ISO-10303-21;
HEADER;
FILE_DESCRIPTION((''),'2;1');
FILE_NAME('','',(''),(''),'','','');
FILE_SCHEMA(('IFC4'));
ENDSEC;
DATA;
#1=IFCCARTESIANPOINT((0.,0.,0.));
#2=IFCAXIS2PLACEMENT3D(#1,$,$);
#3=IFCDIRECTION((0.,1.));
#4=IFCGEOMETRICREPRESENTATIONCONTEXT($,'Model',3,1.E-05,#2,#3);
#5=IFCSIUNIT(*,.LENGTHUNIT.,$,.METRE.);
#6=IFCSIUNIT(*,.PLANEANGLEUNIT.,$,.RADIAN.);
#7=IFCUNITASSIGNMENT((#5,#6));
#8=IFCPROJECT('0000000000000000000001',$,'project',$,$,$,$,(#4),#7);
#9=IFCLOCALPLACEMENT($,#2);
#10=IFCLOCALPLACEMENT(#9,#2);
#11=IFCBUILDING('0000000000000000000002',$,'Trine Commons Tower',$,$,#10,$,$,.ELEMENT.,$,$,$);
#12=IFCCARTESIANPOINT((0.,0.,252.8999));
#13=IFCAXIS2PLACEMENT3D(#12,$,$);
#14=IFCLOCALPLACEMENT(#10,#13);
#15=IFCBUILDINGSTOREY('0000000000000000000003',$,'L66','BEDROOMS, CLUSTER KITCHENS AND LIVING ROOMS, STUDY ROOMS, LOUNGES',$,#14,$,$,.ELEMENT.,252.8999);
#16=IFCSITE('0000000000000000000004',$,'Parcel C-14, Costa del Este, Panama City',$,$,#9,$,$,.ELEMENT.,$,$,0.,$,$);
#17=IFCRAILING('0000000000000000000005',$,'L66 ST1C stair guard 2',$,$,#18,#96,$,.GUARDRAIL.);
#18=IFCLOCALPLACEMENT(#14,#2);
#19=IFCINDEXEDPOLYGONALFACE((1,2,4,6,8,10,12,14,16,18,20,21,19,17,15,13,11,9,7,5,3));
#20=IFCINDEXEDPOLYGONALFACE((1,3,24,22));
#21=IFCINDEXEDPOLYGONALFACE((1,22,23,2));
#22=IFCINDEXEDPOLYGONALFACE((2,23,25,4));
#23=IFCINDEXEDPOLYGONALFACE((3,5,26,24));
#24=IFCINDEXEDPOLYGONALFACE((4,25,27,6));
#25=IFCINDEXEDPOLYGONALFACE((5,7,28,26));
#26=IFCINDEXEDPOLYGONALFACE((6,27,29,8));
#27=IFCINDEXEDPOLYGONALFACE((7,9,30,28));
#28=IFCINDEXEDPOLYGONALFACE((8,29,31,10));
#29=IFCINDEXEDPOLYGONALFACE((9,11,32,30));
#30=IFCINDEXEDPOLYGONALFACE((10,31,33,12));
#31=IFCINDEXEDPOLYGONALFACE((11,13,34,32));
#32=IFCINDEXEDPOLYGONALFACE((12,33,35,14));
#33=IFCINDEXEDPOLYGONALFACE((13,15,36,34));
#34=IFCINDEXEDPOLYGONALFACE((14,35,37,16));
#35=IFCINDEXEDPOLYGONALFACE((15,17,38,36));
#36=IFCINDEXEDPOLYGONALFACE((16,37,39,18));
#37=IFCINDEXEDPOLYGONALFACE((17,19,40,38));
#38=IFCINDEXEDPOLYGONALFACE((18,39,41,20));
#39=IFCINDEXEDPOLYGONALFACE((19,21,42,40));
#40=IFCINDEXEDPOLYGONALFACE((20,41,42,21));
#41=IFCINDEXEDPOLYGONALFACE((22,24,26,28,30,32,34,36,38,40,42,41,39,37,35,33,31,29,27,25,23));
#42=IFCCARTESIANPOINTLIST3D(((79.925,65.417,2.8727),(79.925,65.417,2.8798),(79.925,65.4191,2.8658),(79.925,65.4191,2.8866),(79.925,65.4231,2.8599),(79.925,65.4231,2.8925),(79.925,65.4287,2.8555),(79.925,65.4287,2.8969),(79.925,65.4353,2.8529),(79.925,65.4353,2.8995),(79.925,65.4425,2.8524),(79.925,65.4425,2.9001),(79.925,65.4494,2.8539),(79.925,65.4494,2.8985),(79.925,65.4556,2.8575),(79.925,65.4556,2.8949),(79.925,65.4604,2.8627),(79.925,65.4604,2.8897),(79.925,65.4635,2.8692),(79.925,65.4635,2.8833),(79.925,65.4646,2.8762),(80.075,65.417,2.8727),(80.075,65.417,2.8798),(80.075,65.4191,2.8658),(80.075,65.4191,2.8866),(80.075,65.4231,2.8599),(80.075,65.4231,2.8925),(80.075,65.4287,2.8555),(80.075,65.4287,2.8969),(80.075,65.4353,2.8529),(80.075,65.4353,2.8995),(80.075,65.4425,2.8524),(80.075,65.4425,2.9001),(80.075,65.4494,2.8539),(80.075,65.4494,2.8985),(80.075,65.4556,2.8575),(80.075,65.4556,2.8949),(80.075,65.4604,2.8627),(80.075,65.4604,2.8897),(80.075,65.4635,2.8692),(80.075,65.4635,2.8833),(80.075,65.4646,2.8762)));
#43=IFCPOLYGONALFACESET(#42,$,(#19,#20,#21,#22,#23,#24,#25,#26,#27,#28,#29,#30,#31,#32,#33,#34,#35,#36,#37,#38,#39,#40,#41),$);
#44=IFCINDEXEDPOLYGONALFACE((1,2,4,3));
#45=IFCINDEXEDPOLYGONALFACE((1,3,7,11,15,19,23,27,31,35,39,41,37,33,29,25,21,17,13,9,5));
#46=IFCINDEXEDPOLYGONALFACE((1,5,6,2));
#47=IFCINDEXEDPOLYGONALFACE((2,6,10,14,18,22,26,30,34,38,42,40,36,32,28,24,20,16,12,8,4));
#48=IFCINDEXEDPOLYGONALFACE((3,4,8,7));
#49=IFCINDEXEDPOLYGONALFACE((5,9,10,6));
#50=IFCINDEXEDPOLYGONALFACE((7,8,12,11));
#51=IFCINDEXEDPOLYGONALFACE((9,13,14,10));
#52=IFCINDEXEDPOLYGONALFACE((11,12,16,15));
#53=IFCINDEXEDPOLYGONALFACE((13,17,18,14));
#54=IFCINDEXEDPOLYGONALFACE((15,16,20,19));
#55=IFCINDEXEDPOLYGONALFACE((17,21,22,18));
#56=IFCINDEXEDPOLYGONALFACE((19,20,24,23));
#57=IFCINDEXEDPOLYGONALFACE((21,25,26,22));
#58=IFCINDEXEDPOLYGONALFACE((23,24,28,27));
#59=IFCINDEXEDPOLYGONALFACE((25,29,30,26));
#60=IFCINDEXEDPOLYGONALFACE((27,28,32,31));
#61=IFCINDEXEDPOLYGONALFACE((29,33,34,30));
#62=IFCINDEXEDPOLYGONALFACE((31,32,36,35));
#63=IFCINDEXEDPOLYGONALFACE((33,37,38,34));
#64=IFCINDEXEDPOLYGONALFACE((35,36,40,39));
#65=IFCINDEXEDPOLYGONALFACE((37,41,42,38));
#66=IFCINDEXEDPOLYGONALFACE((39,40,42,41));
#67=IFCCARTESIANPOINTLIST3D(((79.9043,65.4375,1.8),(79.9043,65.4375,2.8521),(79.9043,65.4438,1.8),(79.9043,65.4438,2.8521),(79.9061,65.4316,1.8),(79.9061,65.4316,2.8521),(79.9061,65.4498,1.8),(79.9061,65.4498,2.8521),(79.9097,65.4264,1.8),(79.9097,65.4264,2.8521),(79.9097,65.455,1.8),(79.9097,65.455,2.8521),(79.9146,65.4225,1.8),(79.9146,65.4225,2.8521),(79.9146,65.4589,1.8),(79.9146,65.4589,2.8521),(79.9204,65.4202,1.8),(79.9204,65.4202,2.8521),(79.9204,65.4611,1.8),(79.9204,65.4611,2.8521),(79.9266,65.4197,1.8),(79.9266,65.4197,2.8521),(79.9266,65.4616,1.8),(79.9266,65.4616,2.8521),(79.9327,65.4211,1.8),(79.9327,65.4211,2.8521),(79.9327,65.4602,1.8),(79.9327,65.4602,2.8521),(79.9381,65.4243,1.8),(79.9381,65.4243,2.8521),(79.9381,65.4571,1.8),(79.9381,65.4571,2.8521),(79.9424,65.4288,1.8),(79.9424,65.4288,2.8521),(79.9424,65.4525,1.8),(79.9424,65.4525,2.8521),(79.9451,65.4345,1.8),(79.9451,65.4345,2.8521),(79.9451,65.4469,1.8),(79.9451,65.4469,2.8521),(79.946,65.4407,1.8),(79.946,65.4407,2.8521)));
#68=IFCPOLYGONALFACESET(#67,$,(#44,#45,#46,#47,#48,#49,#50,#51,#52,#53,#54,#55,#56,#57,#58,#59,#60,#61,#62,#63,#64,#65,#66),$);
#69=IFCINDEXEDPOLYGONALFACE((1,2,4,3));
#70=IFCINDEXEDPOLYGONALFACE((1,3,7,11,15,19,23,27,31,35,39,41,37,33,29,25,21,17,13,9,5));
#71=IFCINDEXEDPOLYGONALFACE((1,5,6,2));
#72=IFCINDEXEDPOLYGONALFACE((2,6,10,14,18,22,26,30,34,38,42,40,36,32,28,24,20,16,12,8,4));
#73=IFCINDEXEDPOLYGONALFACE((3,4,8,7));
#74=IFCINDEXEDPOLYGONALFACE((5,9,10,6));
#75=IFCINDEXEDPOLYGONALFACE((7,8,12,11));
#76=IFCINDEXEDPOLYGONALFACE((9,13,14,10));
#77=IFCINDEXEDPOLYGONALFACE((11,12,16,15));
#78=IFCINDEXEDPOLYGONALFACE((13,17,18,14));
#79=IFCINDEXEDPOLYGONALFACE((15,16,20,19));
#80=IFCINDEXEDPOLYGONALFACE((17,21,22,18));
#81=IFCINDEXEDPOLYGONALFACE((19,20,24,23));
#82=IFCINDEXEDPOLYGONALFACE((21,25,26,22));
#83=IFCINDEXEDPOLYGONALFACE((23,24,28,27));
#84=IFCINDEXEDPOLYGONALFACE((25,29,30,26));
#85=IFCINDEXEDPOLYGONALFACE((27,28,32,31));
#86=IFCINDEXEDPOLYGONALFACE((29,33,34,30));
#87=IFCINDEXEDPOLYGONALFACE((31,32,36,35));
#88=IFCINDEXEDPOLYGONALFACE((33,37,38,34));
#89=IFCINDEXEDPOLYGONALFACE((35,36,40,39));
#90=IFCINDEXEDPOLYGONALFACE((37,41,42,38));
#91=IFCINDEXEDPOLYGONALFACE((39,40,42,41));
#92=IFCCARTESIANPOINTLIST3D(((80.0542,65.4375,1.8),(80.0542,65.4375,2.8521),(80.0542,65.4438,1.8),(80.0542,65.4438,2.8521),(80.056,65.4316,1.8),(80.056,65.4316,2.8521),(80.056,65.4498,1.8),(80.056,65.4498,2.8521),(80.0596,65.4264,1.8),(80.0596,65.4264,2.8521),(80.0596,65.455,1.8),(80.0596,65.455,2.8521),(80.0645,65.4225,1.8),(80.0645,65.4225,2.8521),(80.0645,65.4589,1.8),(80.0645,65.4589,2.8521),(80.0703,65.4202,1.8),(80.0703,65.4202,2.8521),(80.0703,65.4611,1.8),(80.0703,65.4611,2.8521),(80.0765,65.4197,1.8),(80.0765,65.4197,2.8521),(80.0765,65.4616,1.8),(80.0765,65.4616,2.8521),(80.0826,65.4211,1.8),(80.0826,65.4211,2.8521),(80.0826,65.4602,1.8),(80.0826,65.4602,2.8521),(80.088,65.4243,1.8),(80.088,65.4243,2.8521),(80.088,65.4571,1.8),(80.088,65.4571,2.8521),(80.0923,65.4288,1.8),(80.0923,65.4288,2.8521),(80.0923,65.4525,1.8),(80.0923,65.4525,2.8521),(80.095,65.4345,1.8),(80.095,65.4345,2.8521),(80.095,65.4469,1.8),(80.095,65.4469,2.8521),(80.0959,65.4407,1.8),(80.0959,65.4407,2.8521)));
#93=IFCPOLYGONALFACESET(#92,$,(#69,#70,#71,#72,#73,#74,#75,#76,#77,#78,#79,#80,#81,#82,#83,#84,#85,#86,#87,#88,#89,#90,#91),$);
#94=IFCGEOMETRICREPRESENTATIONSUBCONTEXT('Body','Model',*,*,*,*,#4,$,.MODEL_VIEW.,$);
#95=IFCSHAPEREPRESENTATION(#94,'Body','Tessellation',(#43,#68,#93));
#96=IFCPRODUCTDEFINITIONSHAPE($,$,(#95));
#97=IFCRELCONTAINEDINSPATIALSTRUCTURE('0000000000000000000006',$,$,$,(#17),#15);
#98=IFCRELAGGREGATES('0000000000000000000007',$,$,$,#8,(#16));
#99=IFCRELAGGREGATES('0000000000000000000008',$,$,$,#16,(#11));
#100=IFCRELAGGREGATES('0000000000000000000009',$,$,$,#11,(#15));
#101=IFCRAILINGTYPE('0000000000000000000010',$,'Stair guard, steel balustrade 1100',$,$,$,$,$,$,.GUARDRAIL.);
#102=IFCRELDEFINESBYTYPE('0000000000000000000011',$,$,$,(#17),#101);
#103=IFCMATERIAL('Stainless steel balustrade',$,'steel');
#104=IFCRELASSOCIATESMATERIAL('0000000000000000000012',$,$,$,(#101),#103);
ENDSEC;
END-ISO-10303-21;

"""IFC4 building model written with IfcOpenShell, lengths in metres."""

from ifc_helpers import new_model, si_unit, direction, frame, origin, origin_2d, place, context, subcontext, project, spatial, circle, extrude, material, type_object, element, save


model = new_model("IFC4")

# Units and contexts
model_context = context("Model", 3, precision=1e-05, world=origin(), true_north=direction((0.0, 1.0)))
body_context = subcontext(model_context, "Body", "Model", "MODEL_VIEW")
ifc_project = project(units=[si_unit("LENGTHUNIT", "METRE"), si_unit("PLANEANGLEUNIT", "RADIAN")], contexts=[model_context])

# Site, building, storey
site_placement = place(None, origin())
site = spatial("IfcSite", under=ifc_project, at=site_placement, Name="Parcel C-14, Costa del Este, Panama City", CompositionType="ELEMENT", RefElevation=0.0)
building_placement = place(site_placement, origin())
building = spatial("IfcBuilding", under=site, at=building_placement, Name="Trine Commons Tower", CompositionType="ELEMENT")
storey_placement = place(building_placement, frame((0.0, 0.0, 252.8999)))
storey = spatial("IfcBuildingStorey", under=building, at=storey_placement, Name="L66", Description="BEDROOMS, CLUSTER KITCHENS AND LIVING ROOMS, STUDY ROOMS, LOUNGES", CompositionType="ELEMENT", Elevation=252.8999)

# Railing
ifc_material_1 = material(Name="Stainless steel balustrade", Category="steel")
railing_type_1 = type_object("IfcRailingType", Name="Stair guard, steel balustrade 1100", PredefinedType="GUARDRAIL", material=ifc_material_1)
railing_1_placement = place(storey_placement, frame((79.925, 65.4407, 1.8)))
element("IfcRailing", 1, at=railing_1_placement, inside=storey, type_object=railing_type_1, Name="L66 ST1C stair guard 2", PredefinedType="GUARDRAIL", context=body_context, shape_type="SweptSolid", body=[
    extrude(circle(Radius=0.0239, at=origin_2d()), frame((0.0, 0.0, 1.0762), z_axis=(1.0, 0.0, 0.0), x_axis=(0.0, 1.0, 0.0)), (0.0, 0.0, 1.0), 0.1499),
    extrude(circle(Radius=0.021, at=origin_2d()), origin(), (0.0, 0.0, 1.0), 1.052),
    extrude(circle(Radius=0.021, at=origin_2d()), frame((0.1499, 0.0, 0.0)), (0.0, 0.0, 1.0), 1.052),
])

save(model, "model.ifc")
